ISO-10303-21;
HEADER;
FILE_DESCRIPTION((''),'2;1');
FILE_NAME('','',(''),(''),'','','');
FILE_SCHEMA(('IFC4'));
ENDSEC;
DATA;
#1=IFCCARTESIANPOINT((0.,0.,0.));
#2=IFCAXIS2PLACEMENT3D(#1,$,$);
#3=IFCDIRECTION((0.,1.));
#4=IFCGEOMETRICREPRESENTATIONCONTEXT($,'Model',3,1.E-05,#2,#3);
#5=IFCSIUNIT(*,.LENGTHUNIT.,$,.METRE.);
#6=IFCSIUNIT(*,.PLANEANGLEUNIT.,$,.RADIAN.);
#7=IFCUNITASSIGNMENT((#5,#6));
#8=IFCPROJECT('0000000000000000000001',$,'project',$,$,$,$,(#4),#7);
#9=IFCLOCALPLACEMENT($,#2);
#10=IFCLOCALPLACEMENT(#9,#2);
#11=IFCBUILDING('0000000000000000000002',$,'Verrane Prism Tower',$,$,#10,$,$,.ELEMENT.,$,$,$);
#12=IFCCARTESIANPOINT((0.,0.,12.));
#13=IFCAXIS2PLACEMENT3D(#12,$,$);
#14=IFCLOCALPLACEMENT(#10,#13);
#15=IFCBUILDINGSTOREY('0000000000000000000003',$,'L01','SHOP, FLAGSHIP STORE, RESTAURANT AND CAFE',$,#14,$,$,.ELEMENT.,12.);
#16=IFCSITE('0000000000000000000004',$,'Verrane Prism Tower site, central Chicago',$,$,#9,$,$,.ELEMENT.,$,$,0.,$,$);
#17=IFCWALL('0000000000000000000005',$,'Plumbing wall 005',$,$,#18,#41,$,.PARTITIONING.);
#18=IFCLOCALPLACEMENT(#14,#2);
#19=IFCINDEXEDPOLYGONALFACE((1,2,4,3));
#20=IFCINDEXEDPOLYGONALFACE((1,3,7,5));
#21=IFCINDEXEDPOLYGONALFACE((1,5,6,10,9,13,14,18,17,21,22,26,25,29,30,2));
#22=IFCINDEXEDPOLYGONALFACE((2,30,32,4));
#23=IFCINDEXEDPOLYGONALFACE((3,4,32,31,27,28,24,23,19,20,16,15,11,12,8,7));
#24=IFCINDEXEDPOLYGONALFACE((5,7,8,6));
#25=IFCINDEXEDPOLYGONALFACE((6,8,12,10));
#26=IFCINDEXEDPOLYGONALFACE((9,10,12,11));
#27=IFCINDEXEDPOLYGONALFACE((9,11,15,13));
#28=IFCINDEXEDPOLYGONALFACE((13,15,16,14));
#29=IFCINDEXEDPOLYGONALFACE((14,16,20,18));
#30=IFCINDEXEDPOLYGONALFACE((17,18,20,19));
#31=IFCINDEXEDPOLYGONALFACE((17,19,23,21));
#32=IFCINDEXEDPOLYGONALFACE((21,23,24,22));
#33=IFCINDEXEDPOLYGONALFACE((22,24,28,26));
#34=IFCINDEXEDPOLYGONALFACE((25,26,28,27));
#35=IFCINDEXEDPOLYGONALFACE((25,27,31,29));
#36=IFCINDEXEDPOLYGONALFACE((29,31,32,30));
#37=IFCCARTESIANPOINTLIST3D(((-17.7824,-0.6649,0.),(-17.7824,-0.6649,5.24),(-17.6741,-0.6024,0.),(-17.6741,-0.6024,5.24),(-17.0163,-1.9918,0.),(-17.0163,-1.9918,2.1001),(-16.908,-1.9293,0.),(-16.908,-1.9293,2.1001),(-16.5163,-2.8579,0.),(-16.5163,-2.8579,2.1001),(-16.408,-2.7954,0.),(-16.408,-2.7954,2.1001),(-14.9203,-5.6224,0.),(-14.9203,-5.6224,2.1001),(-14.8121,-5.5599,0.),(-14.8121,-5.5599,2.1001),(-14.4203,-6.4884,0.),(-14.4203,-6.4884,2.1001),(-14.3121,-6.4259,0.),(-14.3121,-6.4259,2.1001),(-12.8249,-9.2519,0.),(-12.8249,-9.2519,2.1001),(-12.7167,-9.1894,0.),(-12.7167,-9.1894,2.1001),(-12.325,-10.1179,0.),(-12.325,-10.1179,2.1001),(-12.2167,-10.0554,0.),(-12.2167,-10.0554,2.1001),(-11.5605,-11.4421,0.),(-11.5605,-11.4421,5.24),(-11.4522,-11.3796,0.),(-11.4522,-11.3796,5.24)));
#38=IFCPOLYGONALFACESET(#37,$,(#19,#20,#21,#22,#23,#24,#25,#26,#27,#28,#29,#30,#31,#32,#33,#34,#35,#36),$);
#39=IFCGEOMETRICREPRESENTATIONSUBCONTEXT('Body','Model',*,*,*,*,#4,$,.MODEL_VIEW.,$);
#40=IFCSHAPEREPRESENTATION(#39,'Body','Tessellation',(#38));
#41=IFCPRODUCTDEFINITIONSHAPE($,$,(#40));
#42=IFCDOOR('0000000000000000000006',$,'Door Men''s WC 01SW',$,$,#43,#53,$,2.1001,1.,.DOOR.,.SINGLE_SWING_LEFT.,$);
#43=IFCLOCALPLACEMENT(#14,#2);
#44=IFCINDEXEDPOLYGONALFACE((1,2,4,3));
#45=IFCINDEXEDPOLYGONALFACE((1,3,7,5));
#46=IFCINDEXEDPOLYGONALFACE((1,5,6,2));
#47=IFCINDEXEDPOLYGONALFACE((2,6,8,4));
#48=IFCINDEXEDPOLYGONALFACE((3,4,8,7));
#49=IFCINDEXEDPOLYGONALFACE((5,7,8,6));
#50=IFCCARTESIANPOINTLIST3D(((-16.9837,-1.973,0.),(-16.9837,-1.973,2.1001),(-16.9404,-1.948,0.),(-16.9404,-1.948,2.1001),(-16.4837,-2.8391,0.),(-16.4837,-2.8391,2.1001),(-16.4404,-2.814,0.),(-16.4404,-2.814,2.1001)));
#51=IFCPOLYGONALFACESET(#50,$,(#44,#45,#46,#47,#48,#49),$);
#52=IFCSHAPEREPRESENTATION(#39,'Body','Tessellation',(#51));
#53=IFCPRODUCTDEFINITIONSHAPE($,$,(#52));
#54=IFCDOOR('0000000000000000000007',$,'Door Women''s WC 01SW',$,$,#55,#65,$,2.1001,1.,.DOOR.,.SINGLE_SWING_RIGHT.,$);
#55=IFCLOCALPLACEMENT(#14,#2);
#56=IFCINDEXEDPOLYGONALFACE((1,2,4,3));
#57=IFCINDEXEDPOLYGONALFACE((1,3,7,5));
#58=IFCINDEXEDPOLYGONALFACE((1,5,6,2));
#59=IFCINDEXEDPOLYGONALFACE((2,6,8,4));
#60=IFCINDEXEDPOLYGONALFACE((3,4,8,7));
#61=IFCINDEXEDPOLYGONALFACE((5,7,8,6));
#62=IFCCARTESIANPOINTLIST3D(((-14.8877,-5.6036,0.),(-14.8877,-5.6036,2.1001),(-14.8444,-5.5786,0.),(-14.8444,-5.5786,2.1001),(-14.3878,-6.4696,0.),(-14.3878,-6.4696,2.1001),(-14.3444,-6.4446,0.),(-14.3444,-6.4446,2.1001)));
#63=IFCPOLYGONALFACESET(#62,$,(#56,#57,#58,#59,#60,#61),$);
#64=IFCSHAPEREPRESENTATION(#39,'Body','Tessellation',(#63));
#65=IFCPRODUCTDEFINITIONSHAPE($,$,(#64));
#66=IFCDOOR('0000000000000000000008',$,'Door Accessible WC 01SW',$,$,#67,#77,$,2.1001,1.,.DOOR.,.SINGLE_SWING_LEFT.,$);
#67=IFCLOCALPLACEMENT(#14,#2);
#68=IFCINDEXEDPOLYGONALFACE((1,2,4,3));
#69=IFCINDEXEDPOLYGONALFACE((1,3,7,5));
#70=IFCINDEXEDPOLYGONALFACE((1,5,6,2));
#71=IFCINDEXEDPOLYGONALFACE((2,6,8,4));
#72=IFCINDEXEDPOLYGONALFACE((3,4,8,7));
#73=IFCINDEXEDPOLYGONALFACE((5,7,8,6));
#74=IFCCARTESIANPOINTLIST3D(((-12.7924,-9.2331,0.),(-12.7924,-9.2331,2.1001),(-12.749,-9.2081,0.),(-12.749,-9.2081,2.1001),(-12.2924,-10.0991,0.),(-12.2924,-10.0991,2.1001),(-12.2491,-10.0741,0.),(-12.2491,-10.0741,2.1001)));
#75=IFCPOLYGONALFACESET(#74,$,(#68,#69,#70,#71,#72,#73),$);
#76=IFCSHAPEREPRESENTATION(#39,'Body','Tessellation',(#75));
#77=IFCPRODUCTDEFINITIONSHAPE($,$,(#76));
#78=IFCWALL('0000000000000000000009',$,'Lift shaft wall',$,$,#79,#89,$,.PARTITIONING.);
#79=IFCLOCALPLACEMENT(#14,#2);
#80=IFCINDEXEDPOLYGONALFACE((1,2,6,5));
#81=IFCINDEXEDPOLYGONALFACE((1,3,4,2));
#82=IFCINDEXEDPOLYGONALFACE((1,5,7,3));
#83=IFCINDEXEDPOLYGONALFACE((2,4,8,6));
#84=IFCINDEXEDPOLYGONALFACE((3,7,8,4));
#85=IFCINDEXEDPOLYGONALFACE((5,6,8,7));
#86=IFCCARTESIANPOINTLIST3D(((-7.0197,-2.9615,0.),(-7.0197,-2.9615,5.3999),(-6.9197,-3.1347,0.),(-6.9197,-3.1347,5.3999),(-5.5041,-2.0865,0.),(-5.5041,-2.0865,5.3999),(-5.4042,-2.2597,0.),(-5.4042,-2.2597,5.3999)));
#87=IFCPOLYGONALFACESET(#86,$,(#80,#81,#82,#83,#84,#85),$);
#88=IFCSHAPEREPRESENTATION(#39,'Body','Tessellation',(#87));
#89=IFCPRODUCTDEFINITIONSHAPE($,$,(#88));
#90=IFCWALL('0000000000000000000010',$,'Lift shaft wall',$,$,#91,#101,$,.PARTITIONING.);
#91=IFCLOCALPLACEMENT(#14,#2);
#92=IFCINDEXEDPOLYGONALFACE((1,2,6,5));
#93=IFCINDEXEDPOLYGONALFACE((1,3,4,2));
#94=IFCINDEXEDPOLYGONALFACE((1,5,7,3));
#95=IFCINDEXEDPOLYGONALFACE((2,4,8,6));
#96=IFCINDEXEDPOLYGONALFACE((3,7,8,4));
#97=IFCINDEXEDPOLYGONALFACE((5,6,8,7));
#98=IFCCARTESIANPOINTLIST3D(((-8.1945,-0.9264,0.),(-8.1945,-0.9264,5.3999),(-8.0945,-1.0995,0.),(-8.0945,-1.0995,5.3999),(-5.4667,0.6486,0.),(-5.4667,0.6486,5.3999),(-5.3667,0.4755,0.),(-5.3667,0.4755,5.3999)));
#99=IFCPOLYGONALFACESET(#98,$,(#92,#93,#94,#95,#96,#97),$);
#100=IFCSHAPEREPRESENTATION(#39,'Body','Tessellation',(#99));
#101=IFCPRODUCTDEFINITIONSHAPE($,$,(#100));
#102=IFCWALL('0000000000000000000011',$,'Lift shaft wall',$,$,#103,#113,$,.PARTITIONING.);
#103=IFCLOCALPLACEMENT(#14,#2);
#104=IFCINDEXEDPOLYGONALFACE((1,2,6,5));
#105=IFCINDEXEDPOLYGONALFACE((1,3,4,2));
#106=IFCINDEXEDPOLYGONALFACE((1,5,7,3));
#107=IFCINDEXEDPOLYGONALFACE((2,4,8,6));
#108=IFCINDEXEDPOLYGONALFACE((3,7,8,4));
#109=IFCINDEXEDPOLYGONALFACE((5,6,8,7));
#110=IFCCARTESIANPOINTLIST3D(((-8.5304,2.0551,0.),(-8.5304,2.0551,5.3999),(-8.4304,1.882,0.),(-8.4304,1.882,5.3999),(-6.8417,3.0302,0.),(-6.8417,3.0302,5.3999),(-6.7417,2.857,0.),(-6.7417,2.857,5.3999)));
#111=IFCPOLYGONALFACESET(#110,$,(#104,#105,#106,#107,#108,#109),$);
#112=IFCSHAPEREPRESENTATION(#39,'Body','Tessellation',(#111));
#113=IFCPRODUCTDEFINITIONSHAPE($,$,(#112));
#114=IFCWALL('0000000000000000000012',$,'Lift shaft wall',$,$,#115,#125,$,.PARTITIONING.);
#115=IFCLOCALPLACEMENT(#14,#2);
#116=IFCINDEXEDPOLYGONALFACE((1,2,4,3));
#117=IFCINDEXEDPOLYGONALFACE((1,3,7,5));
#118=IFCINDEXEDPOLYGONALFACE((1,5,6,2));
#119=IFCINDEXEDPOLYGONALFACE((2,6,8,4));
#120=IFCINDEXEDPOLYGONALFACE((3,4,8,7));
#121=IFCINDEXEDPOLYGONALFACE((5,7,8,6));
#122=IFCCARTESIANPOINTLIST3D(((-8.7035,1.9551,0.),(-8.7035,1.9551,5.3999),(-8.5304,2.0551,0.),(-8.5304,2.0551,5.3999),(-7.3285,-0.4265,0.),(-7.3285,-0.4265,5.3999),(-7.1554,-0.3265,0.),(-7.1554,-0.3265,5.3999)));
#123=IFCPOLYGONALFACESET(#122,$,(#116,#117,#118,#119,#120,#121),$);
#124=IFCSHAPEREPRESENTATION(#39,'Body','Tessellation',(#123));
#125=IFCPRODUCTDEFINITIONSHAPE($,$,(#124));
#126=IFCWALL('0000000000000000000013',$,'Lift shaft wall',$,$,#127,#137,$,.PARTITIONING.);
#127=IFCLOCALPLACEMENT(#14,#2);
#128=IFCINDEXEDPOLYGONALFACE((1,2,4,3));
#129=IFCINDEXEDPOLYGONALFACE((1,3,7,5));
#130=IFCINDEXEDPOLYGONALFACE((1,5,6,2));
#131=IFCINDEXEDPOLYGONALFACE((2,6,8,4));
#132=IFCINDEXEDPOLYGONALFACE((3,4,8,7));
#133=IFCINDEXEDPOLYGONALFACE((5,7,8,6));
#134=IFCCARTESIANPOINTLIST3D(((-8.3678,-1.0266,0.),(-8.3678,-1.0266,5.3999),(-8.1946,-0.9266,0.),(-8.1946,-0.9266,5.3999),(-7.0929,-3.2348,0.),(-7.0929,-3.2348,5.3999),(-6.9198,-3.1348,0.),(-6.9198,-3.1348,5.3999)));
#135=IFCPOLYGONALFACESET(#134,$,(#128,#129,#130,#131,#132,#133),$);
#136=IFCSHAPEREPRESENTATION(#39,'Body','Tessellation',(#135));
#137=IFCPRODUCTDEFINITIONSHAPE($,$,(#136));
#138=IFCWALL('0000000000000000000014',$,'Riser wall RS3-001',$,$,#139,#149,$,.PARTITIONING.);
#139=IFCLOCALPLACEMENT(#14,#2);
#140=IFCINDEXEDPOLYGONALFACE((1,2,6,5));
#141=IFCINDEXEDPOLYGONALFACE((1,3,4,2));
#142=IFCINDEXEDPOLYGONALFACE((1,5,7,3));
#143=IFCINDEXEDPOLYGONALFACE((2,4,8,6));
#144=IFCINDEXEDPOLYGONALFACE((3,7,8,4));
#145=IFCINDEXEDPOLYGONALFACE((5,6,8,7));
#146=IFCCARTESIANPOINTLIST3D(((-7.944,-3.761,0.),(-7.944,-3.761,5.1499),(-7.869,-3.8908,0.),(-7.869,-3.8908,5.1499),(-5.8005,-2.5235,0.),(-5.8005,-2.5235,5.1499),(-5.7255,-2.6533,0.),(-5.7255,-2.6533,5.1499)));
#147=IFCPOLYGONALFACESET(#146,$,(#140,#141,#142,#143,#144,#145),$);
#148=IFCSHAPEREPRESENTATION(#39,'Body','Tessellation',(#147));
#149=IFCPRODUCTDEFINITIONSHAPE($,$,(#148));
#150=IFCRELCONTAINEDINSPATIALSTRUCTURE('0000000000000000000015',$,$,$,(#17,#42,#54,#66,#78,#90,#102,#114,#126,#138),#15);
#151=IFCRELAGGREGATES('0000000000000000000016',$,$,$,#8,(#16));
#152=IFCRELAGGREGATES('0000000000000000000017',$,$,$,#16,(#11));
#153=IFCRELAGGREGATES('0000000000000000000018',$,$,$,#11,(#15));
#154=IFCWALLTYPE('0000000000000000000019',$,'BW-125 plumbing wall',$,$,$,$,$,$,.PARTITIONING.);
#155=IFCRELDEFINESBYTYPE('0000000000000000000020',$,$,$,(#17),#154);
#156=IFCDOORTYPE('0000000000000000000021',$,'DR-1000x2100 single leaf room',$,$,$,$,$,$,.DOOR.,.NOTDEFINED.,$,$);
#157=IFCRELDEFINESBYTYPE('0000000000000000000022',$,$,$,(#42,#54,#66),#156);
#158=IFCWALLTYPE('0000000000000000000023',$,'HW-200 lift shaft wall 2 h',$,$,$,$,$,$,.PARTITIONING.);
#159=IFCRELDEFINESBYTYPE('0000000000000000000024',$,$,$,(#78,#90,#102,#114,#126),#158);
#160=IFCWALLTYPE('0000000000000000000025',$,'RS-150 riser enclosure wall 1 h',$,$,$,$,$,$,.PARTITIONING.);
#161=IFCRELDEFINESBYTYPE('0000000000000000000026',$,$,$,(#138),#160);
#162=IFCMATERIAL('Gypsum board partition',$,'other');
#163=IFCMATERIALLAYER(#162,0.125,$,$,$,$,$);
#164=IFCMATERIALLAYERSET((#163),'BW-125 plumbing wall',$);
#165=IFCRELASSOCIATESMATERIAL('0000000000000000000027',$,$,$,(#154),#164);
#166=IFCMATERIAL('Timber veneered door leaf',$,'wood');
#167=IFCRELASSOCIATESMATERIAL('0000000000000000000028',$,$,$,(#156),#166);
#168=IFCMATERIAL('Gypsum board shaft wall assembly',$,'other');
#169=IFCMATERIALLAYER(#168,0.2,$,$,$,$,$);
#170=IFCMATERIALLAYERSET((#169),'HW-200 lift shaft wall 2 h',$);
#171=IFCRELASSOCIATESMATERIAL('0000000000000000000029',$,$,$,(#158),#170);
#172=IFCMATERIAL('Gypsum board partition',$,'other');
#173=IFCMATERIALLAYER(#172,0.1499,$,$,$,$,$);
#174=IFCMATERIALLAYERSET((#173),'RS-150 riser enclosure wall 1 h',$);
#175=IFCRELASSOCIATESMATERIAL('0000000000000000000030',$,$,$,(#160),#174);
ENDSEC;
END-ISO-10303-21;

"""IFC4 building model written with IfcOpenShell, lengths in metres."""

from ifc_helpers import new_model, si_unit, direction, frame, frame_2d, origin, place, context, subcontext, project, spatial, rectangle, extrude, material, layer, layer_set, type_object, element, fill, save


model = new_model("IFC4")

# Units and contexts
model_context = context("Model", 3, precision=1e-05, world=origin(), true_north=direction((0.0, 1.0)))
body_context = subcontext(model_context, "Body", "Model", "MODEL_VIEW")
ifc_project = project(units=[si_unit("LENGTHUNIT", "METRE"), si_unit("PLANEANGLEUNIT", "RADIAN")], contexts=[model_context])

# Site, building, storey
site_placement = place(None, origin())
site = spatial("IfcSite", under=ifc_project, at=site_placement, Name="Verrane Prism Tower site, central Chicago", CompositionType="ELEMENT", RefElevation=0.0)
building_placement = place(site_placement, origin())
building = spatial("IfcBuilding", under=site, at=building_placement, Name="Verrane Prism Tower", CompositionType="ELEMENT")
storey_placement = place(building_placement, frame((0.0, 0.0, 12.0)))
storey = spatial("IfcBuildingStorey", under=building, at=storey_placement, Name="L01", Description="SHOP, FLAGSHIP STORE, RESTAURANT AND CAFE", CompositionType="ELEMENT", Elevation=12.0)

# Wall, openings, doors
ifc_material_1 = material(Name="Gypsum board partition", Category="other")
ifc_layer_1 = layer(ifc_material_1, 0.125)
ifc_layer_set_1 = layer_set([ifc_layer_1], Name="BW-125 plumbing wall")
wall_type_1 = type_object("IfcWallType", Name="BW-125 plumbing wall", PredefinedType="PARTITIONING", material=ifc_layer_set_1)
wall_1_placement = place(storey_placement, frame((-11.5063, -11.4109, 0.0), z_axis=(0.0, 0.0, 1.0), x_axis=(-0.499977, 0.866039, 0.0)))
wall_1 = element("IfcWall", 1, at=wall_1_placement, inside=storey, type_object=wall_type_1, Name="Plumbing wall 005", PredefinedType="PARTITIONING", context=body_context, shape_type="SweptSolid", body=[
    extrude(rectangle(XDim=12.4443, YDim=0.125, at=frame_2d((6.2222, 0.0))), origin(), (0.0, 0.0, 1.0), 5.24),
])
opening_1_placement = place(wall_1_placement, frame((9.9121, 0.0, 0.0)))
opening_1 = element("IfcOpeningElement", 2, at=opening_1_placement, cuts=wall_1, PredefinedType="OPENING", context=body_context, shape_type="SweptSolid", body=[
    extrude(rectangle(XDim=1.0, YDim=2.1001, at=frame_2d((0.5, 1.05))), frame((0.0, 0.0725, 0.0), z_axis=(0.0, -1.0, 0.0), x_axis=(1.0, 0.0, 0.0)), (0.0, 0.0, 1.0), 0.145),
])
opening_2_placement = place(wall_1_placement, frame((5.72, 0.0, 0.0)))
opening_2 = element("IfcOpeningElement", 3, at=opening_2_placement, cuts=wall_1, PredefinedType="OPENING", context=body_context, shape_type="SweptSolid", body=[
    extrude(rectangle(XDim=1.0, YDim=2.1001, at=frame_2d((0.5, 1.05))), frame((0.0, 0.0725, 0.0), z_axis=(0.0, -1.0, 0.0), x_axis=(1.0, 0.0, 0.0)), (0.0, 0.0, 1.0), 0.145),
])
opening_3_placement = place(wall_1_placement, frame((1.5291, 0.0, 0.0)))
opening_3 = element("IfcOpeningElement", 4, at=opening_3_placement, cuts=wall_1, PredefinedType="OPENING", context=body_context, shape_type="SweptSolid", body=[
    extrude(rectangle(XDim=1.0, YDim=2.1001, at=frame_2d((0.5, 1.05))), frame((0.0, 0.0725, 0.0), z_axis=(0.0, -1.0, 0.0), x_axis=(1.0, 0.0, 0.0)), (0.0, 0.0, 1.0), 0.145),
])
ifc_material_2 = material(Name="Timber veneered door leaf", Category="wood")
door_type_1 = type_object("IfcDoorType", Name="DR-1000x2100 single leaf room", OperationType="NOTDEFINED", PredefinedType="DOOR", material=ifc_material_2)
door_1_placement = place(opening_1_placement, origin())
door_1 = element("IfcDoor", 5, at=door_1_placement, inside=storey, type_object=door_type_1, Name="Door Men's WC 01SW", OperationType="SINGLE_SWING_LEFT", OverallHeight=2.1001, OverallWidth=1.0, PredefinedType="DOOR", context=body_context, shape_type="SweptSolid", body=[
    extrude(rectangle(XDim=1.0, YDim=2.1001, at=frame_2d((0.5, 1.05))), frame((0.0, 0.0249, 0.0), z_axis=(0.0, -1.0, 0.0), x_axis=(1.0, 0.0, 0.0)), (0.0, 0.0, 1.0), 0.05),
])
fill(opening_1, door_1)
door_2_placement = place(opening_2_placement, origin())
door_2 = element("IfcDoor", 6, at=door_2_placement, inside=storey, type_object=door_type_1, Name="Door Women's WC 01SW", OperationType="SINGLE_SWING_RIGHT", OverallHeight=2.1001, OverallWidth=1.0, PredefinedType="DOOR", context=body_context, shape_type="SweptSolid", body=[
    extrude(rectangle(XDim=1.0, YDim=2.1001, at=frame_2d((0.5, 1.05))), frame((0.0, 0.0249, 0.0), z_axis=(0.0, -1.0, 0.0), x_axis=(1.0, 0.0, 0.0)), (0.0, 0.0, 1.0), 0.05),
])
fill(opening_2, door_2)
door_3_placement = place(opening_3_placement, origin())
door_3 = element("IfcDoor", 7, at=door_3_placement, inside=storey, type_object=door_type_1, Name="Door Accessible WC 01SW", OperationType="SINGLE_SWING_LEFT", OverallHeight=2.1001, OverallWidth=1.0, PredefinedType="DOOR", context=body_context, shape_type="SweptSolid", body=[
    extrude(rectangle(XDim=1.0, YDim=2.1001, at=frame_2d((0.5, 1.05))), frame((0.0, 0.0249, 0.0), z_axis=(0.0, -1.0, 0.0), x_axis=(1.0, 0.0, 0.0)), (0.0, 0.0, 1.0), 0.05),
])
fill(opening_3, door_3)

# Walls
ifc_material_3 = material(Name="Gypsum board shaft wall assembly", Category="other")
ifc_layer_2 = layer(ifc_material_3, 0.2)
ifc_layer_set_2 = layer_set([ifc_layer_2], Name="HW-200 lift shaft wall 2 h")
wall_type_2 = type_object("IfcWallType", Name="HW-200 lift shaft wall 2 h", PredefinedType="PARTITIONING", material=ifc_layer_set_2)
wall_2_placement = place(storey_placement, frame((-6.9697, -3.0481, 0.0), z_axis=(0.0, 0.0, 1.0), x_axis=(0.866037, 0.49998, 0.0)))
element("IfcWall", 8, at=wall_2_placement, inside=storey, type_object=wall_type_2, Name="Lift shaft wall", PredefinedType="PARTITIONING", context=body_context, shape_type="SweptSolid", body=[
    extrude(rectangle(XDim=1.75, YDim=0.2, at=frame_2d((0.875, 0.0))), origin(), (0.0, 0.0, 1.0), 5.3999),
])
wall_3_placement = place(storey_placement, frame((-8.1445, -1.0129, 0.0), z_axis=(0.0, 0.0, 1.0), x_axis=(0.866016, 0.500015, 0.0)))
element("IfcWall", 9, at=wall_3_placement, inside=storey, type_object=wall_type_2, Name="Lift shaft wall", PredefinedType="PARTITIONING", context=body_context, shape_type="SweptSolid", body=[
    extrude(rectangle(XDim=3.1499, YDim=0.2, at=frame_2d((1.575, 0.0))), origin(), (0.0, 0.0, 1.0), 5.3999),
])
wall_4_placement = place(storey_placement, frame((-8.4805, 1.9685, 0.0), z_axis=(0.0, 0.0, 1.0), x_axis=(0.866, 0.500044, 0.0)))
element("IfcWall", 10, at=wall_4_placement, inside=storey, type_object=wall_type_2, Name="Lift shaft wall", PredefinedType="PARTITIONING", context=body_context, shape_type="SweptSolid", body=[
    extrude(rectangle(XDim=1.95, YDim=0.2, at=frame_2d((0.9751, 0.0))), origin(), (0.0, 0.0, 1.0), 5.3999),
])
wall_5_placement = place(storey_placement, frame((-7.2419, -0.3765, 0.0), z_axis=(0.0, 0.0, 1.0), x_axis=(-0.499997, 0.866027, 0.0)))
element("IfcWall", 11, at=wall_5_placement, inside=storey, type_object=wall_type_2, Name="Lift shaft wall", PredefinedType="PARTITIONING", context=body_context, shape_type="SweptSolid", body=[
    extrude(rectangle(XDim=2.75, YDim=0.2, at=frame_2d((1.375, 0.0))), origin(), (0.0, 0.0, 1.0), 5.3999),
])
wall_6_placement = place(storey_placement, frame((-7.0063, -3.1848, 0.0), z_axis=(0.0, 0.0, 1.0), x_axis=(-0.49999, 0.866031, 0.0)))
element("IfcWall", 12, at=wall_6_placement, inside=storey, type_object=wall_type_2, Name="Lift shaft wall", PredefinedType="PARTITIONING", context=body_context, shape_type="SweptSolid", body=[
    extrude(rectangle(XDim=2.5498, YDim=0.2, at=frame_2d((1.2749, 0.0))), origin(), (0.0, 0.0, 1.0), 5.3999),
])
ifc_material_4 = material(Name="Gypsum board partition", Category="other")
ifc_layer_3 = layer(ifc_material_4, 0.1499)
ifc_layer_set_3 = layer_set([ifc_layer_3], Name="RS-150 riser enclosure wall 1 h")
wall_type_3 = type_object("IfcWallType", Name="RS-150 riser enclosure wall 1 h", PredefinedType="PARTITIONING", material=ifc_layer_set_3)
wall_7_placement = place(storey_placement, frame((-7.9065, -3.8259, 0.0), z_axis=(0.0, 0.0, 1.0), x_axis=(0.866031, 0.49999, 0.0)))
element("IfcWall", 13, at=wall_7_placement, inside=storey, type_object=wall_type_3, Name="Riser wall RS3-001", PredefinedType="PARTITIONING", context=body_context, shape_type="SweptSolid", body=[
    extrude(rectangle(XDim=2.4751, YDim=0.1499, at=frame_2d((1.2375, 0.0))), origin(), (0.0, 0.0, 1.0), 5.1499),
])

save(model, "model.ifc")
